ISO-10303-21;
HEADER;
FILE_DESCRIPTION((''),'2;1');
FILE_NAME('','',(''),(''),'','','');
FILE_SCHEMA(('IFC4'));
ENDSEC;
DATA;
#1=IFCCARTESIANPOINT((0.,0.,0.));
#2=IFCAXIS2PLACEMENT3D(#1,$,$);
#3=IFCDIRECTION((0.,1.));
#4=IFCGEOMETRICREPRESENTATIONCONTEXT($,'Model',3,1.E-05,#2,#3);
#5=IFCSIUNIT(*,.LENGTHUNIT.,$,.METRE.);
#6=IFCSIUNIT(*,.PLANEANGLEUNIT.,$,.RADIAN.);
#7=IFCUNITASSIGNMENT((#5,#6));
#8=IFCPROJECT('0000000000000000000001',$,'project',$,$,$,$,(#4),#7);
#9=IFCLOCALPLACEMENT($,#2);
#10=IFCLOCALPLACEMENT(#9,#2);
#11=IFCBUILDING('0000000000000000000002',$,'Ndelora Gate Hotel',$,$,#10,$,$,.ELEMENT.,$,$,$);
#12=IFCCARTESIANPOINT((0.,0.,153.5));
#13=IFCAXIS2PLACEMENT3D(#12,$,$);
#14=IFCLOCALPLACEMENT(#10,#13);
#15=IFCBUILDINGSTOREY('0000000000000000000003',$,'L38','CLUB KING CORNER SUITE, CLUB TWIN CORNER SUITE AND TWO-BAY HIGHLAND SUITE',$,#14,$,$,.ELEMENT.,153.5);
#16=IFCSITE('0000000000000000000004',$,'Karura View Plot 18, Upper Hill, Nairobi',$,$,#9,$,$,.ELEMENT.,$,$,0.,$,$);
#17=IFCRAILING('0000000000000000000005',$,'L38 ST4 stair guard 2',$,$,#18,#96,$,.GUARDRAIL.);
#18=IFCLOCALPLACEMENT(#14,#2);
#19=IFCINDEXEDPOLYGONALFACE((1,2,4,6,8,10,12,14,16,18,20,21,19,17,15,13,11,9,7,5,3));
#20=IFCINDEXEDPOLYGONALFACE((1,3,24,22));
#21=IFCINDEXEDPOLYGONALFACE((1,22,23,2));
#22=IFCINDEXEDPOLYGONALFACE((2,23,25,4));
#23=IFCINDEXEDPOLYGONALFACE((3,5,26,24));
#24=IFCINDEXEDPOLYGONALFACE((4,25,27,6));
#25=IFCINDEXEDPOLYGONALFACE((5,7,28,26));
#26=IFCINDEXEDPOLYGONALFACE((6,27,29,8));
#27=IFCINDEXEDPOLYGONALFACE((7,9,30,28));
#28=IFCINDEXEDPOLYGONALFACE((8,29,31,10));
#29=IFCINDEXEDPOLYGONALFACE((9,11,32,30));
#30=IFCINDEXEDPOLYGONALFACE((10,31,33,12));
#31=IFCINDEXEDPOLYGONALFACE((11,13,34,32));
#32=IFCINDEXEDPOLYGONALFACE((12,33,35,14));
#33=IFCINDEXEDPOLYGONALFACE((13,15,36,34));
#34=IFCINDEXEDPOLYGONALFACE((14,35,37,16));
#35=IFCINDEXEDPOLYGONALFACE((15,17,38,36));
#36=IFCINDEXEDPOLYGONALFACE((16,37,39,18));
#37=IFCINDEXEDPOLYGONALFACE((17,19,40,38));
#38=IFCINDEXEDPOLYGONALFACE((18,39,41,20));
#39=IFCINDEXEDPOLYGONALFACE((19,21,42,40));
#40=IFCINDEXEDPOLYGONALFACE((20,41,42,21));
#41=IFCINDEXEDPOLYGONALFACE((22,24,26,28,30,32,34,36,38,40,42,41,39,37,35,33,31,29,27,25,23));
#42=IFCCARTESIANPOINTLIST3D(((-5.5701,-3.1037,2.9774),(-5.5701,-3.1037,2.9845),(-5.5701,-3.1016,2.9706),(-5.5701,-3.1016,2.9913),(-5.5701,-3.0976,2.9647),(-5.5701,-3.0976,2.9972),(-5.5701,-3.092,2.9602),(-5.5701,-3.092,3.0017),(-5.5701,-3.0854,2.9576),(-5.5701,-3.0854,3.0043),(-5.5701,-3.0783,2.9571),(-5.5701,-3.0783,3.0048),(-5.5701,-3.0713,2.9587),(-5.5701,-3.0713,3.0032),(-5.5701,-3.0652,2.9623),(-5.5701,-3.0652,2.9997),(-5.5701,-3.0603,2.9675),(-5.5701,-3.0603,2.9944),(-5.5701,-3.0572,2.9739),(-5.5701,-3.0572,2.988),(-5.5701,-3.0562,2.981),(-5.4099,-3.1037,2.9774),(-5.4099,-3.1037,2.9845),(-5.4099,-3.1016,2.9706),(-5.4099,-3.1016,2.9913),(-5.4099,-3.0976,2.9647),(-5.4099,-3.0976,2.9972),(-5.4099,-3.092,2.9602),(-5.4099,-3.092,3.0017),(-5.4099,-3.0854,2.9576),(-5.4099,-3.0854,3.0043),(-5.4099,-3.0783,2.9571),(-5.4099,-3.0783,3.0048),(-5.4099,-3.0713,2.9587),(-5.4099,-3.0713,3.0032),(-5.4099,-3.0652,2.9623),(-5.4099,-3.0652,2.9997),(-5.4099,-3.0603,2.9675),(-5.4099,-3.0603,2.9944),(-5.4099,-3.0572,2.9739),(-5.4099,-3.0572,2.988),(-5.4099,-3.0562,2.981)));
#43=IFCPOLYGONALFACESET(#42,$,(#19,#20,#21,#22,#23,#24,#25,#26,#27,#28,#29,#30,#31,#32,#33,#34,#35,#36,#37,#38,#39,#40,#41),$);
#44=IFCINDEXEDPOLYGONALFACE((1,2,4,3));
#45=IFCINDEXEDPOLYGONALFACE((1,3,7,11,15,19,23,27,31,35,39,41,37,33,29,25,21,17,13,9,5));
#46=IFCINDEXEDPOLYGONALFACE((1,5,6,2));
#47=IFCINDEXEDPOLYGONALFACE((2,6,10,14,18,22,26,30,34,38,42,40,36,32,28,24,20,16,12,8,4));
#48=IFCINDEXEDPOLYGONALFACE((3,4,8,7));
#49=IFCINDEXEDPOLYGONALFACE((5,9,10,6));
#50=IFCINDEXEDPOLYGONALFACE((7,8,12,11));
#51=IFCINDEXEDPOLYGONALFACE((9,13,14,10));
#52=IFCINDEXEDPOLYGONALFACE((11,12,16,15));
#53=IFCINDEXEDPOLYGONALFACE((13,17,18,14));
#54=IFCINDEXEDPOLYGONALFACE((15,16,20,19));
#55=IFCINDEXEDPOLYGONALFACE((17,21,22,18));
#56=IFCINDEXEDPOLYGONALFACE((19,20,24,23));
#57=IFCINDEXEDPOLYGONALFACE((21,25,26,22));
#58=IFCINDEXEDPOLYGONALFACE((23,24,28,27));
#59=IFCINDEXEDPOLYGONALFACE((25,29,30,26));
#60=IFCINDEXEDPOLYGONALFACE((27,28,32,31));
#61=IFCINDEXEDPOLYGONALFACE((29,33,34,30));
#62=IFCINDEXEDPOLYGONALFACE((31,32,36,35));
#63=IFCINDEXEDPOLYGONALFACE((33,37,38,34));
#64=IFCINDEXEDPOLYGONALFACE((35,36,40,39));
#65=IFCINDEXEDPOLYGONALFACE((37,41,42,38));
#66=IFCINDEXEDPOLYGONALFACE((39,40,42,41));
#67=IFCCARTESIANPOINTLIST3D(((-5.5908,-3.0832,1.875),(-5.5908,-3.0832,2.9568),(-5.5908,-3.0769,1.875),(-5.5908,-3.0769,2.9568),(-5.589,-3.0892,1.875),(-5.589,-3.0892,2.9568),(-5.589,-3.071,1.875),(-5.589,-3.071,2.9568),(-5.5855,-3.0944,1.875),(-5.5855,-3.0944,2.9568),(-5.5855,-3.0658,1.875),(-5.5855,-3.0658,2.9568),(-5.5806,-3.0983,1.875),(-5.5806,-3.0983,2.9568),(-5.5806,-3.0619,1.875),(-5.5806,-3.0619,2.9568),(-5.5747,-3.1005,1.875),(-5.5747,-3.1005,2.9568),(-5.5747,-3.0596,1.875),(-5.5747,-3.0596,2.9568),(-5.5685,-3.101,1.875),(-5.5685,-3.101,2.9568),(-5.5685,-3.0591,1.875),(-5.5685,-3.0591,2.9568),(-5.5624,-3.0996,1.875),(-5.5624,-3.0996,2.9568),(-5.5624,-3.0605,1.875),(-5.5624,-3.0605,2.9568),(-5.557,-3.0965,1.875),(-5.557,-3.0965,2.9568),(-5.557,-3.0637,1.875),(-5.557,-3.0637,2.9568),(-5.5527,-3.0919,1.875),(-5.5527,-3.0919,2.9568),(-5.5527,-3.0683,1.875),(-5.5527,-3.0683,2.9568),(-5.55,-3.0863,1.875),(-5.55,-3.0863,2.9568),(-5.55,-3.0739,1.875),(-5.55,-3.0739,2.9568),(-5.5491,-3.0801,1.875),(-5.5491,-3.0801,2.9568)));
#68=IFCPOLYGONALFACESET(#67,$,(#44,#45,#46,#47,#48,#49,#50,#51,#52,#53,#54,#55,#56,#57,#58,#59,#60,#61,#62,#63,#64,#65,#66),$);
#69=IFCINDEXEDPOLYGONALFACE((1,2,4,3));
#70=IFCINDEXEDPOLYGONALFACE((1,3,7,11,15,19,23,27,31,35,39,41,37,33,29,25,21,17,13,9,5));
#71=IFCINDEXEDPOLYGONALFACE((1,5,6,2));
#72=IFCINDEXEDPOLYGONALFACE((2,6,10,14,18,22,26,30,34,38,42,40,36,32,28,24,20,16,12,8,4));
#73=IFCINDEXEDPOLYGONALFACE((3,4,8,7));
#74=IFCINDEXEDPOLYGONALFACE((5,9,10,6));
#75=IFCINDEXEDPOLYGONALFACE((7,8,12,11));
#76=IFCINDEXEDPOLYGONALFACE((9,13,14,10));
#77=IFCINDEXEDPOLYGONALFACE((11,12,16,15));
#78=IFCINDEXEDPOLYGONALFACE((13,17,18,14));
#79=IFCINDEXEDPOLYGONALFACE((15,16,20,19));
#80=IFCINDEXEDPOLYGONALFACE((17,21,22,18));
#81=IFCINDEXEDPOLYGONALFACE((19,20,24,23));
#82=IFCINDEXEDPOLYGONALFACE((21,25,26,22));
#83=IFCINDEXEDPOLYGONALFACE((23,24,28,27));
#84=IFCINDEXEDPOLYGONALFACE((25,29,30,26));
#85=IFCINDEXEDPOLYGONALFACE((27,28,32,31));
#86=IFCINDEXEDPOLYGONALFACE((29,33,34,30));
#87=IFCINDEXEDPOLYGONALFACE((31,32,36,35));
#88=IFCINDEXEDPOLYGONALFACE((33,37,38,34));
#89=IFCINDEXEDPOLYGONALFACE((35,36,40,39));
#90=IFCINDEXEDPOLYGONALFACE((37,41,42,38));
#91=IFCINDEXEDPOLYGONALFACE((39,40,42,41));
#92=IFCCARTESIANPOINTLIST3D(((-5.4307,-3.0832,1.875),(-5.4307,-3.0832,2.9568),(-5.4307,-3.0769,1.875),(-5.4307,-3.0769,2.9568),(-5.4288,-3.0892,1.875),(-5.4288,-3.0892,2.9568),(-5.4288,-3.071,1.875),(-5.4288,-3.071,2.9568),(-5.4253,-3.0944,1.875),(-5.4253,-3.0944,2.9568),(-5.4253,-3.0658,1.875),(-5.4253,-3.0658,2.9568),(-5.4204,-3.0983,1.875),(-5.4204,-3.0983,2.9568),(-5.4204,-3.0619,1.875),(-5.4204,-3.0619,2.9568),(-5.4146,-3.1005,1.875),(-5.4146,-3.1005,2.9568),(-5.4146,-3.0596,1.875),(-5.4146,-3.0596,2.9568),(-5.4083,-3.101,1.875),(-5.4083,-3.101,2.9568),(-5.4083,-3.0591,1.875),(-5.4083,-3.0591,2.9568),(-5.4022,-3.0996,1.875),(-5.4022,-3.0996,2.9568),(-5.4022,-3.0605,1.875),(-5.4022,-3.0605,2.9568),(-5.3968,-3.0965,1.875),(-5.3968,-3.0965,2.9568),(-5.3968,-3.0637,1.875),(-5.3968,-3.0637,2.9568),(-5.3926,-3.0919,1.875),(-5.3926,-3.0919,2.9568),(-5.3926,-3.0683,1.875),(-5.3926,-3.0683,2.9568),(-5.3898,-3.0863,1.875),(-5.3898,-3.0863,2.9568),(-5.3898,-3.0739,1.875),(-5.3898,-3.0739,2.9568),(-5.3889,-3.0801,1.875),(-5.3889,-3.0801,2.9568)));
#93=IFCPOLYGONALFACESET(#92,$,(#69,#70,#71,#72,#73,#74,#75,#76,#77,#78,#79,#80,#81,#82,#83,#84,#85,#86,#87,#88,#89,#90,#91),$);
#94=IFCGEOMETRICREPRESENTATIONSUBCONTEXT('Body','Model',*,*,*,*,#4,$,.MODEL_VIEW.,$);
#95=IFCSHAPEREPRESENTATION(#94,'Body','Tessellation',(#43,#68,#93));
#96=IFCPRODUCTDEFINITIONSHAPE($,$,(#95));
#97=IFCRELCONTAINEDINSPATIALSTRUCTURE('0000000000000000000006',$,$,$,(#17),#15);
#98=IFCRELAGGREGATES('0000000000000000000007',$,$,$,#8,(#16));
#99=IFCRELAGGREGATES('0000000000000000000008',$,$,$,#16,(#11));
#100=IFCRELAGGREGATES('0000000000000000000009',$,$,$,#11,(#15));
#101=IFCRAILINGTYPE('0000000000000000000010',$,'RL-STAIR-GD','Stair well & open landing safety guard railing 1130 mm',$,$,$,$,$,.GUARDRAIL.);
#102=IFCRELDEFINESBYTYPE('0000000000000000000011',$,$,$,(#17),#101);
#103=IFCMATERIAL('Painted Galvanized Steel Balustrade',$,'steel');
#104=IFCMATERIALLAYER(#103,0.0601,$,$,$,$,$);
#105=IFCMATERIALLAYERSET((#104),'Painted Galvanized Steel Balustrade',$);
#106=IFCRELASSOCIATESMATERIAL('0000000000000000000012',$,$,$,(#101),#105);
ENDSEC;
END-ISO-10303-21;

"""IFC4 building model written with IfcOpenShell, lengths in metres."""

from ifc_helpers import new_model, si_unit, direction, frame, origin, origin_2d, place, context, subcontext, project, spatial, circle, extrude, material, layer, layer_set, type_object, element, save


model = new_model("IFC4")

# Units and contexts
model_context = context("Model", 3, precision=1e-05, world=origin(), true_north=direction((0.0, 1.0)))
body_context = subcontext(model_context, "Body", "Model", "MODEL_VIEW")
ifc_project = project(units=[si_unit("LENGTHUNIT", "METRE"), si_unit("PLANEANGLEUNIT", "RADIAN")], contexts=[model_context])

# Site, building, storey
site_placement = place(None, origin())
site = spatial("IfcSite", under=ifc_project, at=site_placement, Name="Karura View Plot 18, Upper Hill, Nairobi", CompositionType="ELEMENT", RefElevation=0.0)
building_placement = place(site_placement, origin())
building = spatial("IfcBuilding", under=site, at=building_placement, Name="Ndelora Gate Hotel", CompositionType="ELEMENT")
storey_placement = place(building_placement, frame((0.0, 0.0, 153.5)))
storey = spatial("IfcBuildingStorey", under=building, at=storey_placement, Name="L38", Description="CLUB KING CORNER SUITE, CLUB TWIN CORNER SUITE AND TWO-BAY HIGHLAND SUITE", CompositionType="ELEMENT", Elevation=153.5)

# Railing
ifc_material_1 = material(Name="Painted Galvanized Steel Balustrade", Category="steel")
ifc_layer_1 = layer(ifc_material_1, 0.0601)
ifc_layer_set_1 = layer_set([ifc_layer_1], Name="Painted Galvanized Steel Balustrade")
railing_type_1 = type_object("IfcRailingType", Name="RL-STAIR-GD", Description="Stair well & open landing safety guard railing 1130 mm", PredefinedType="GUARDRAIL", material=ifc_layer_set_1)
railing_1_placement = place(storey_placement, frame((-5.5701, -3.0801, 1.875)))
element("IfcRailing", 1, at=railing_1_placement, inside=storey, type_object=railing_type_1, Name="L38 ST4 stair guard 2", PredefinedType="GUARDRAIL", context=body_context, shape_type="SweptSolid", body=[
    extrude(circle(Radius=0.0239, at=origin_2d()), frame((0.0, 0.0, 1.106), z_axis=(1.0, 0.0, 0.0), x_axis=(0.0, 1.0, 0.0)), (0.0, 0.0, 1.0), 0.1602),
    extrude(circle(Radius=0.021, at=origin_2d()), origin(), (0.0, 0.0, 1.0), 1.0818),
    extrude(circle(Radius=0.021, at=origin_2d()), frame((0.1602, 0.0, 0.0)), (0.0, 0.0, 1.0), 1.0818),
])

save(model, "model.ifc")
